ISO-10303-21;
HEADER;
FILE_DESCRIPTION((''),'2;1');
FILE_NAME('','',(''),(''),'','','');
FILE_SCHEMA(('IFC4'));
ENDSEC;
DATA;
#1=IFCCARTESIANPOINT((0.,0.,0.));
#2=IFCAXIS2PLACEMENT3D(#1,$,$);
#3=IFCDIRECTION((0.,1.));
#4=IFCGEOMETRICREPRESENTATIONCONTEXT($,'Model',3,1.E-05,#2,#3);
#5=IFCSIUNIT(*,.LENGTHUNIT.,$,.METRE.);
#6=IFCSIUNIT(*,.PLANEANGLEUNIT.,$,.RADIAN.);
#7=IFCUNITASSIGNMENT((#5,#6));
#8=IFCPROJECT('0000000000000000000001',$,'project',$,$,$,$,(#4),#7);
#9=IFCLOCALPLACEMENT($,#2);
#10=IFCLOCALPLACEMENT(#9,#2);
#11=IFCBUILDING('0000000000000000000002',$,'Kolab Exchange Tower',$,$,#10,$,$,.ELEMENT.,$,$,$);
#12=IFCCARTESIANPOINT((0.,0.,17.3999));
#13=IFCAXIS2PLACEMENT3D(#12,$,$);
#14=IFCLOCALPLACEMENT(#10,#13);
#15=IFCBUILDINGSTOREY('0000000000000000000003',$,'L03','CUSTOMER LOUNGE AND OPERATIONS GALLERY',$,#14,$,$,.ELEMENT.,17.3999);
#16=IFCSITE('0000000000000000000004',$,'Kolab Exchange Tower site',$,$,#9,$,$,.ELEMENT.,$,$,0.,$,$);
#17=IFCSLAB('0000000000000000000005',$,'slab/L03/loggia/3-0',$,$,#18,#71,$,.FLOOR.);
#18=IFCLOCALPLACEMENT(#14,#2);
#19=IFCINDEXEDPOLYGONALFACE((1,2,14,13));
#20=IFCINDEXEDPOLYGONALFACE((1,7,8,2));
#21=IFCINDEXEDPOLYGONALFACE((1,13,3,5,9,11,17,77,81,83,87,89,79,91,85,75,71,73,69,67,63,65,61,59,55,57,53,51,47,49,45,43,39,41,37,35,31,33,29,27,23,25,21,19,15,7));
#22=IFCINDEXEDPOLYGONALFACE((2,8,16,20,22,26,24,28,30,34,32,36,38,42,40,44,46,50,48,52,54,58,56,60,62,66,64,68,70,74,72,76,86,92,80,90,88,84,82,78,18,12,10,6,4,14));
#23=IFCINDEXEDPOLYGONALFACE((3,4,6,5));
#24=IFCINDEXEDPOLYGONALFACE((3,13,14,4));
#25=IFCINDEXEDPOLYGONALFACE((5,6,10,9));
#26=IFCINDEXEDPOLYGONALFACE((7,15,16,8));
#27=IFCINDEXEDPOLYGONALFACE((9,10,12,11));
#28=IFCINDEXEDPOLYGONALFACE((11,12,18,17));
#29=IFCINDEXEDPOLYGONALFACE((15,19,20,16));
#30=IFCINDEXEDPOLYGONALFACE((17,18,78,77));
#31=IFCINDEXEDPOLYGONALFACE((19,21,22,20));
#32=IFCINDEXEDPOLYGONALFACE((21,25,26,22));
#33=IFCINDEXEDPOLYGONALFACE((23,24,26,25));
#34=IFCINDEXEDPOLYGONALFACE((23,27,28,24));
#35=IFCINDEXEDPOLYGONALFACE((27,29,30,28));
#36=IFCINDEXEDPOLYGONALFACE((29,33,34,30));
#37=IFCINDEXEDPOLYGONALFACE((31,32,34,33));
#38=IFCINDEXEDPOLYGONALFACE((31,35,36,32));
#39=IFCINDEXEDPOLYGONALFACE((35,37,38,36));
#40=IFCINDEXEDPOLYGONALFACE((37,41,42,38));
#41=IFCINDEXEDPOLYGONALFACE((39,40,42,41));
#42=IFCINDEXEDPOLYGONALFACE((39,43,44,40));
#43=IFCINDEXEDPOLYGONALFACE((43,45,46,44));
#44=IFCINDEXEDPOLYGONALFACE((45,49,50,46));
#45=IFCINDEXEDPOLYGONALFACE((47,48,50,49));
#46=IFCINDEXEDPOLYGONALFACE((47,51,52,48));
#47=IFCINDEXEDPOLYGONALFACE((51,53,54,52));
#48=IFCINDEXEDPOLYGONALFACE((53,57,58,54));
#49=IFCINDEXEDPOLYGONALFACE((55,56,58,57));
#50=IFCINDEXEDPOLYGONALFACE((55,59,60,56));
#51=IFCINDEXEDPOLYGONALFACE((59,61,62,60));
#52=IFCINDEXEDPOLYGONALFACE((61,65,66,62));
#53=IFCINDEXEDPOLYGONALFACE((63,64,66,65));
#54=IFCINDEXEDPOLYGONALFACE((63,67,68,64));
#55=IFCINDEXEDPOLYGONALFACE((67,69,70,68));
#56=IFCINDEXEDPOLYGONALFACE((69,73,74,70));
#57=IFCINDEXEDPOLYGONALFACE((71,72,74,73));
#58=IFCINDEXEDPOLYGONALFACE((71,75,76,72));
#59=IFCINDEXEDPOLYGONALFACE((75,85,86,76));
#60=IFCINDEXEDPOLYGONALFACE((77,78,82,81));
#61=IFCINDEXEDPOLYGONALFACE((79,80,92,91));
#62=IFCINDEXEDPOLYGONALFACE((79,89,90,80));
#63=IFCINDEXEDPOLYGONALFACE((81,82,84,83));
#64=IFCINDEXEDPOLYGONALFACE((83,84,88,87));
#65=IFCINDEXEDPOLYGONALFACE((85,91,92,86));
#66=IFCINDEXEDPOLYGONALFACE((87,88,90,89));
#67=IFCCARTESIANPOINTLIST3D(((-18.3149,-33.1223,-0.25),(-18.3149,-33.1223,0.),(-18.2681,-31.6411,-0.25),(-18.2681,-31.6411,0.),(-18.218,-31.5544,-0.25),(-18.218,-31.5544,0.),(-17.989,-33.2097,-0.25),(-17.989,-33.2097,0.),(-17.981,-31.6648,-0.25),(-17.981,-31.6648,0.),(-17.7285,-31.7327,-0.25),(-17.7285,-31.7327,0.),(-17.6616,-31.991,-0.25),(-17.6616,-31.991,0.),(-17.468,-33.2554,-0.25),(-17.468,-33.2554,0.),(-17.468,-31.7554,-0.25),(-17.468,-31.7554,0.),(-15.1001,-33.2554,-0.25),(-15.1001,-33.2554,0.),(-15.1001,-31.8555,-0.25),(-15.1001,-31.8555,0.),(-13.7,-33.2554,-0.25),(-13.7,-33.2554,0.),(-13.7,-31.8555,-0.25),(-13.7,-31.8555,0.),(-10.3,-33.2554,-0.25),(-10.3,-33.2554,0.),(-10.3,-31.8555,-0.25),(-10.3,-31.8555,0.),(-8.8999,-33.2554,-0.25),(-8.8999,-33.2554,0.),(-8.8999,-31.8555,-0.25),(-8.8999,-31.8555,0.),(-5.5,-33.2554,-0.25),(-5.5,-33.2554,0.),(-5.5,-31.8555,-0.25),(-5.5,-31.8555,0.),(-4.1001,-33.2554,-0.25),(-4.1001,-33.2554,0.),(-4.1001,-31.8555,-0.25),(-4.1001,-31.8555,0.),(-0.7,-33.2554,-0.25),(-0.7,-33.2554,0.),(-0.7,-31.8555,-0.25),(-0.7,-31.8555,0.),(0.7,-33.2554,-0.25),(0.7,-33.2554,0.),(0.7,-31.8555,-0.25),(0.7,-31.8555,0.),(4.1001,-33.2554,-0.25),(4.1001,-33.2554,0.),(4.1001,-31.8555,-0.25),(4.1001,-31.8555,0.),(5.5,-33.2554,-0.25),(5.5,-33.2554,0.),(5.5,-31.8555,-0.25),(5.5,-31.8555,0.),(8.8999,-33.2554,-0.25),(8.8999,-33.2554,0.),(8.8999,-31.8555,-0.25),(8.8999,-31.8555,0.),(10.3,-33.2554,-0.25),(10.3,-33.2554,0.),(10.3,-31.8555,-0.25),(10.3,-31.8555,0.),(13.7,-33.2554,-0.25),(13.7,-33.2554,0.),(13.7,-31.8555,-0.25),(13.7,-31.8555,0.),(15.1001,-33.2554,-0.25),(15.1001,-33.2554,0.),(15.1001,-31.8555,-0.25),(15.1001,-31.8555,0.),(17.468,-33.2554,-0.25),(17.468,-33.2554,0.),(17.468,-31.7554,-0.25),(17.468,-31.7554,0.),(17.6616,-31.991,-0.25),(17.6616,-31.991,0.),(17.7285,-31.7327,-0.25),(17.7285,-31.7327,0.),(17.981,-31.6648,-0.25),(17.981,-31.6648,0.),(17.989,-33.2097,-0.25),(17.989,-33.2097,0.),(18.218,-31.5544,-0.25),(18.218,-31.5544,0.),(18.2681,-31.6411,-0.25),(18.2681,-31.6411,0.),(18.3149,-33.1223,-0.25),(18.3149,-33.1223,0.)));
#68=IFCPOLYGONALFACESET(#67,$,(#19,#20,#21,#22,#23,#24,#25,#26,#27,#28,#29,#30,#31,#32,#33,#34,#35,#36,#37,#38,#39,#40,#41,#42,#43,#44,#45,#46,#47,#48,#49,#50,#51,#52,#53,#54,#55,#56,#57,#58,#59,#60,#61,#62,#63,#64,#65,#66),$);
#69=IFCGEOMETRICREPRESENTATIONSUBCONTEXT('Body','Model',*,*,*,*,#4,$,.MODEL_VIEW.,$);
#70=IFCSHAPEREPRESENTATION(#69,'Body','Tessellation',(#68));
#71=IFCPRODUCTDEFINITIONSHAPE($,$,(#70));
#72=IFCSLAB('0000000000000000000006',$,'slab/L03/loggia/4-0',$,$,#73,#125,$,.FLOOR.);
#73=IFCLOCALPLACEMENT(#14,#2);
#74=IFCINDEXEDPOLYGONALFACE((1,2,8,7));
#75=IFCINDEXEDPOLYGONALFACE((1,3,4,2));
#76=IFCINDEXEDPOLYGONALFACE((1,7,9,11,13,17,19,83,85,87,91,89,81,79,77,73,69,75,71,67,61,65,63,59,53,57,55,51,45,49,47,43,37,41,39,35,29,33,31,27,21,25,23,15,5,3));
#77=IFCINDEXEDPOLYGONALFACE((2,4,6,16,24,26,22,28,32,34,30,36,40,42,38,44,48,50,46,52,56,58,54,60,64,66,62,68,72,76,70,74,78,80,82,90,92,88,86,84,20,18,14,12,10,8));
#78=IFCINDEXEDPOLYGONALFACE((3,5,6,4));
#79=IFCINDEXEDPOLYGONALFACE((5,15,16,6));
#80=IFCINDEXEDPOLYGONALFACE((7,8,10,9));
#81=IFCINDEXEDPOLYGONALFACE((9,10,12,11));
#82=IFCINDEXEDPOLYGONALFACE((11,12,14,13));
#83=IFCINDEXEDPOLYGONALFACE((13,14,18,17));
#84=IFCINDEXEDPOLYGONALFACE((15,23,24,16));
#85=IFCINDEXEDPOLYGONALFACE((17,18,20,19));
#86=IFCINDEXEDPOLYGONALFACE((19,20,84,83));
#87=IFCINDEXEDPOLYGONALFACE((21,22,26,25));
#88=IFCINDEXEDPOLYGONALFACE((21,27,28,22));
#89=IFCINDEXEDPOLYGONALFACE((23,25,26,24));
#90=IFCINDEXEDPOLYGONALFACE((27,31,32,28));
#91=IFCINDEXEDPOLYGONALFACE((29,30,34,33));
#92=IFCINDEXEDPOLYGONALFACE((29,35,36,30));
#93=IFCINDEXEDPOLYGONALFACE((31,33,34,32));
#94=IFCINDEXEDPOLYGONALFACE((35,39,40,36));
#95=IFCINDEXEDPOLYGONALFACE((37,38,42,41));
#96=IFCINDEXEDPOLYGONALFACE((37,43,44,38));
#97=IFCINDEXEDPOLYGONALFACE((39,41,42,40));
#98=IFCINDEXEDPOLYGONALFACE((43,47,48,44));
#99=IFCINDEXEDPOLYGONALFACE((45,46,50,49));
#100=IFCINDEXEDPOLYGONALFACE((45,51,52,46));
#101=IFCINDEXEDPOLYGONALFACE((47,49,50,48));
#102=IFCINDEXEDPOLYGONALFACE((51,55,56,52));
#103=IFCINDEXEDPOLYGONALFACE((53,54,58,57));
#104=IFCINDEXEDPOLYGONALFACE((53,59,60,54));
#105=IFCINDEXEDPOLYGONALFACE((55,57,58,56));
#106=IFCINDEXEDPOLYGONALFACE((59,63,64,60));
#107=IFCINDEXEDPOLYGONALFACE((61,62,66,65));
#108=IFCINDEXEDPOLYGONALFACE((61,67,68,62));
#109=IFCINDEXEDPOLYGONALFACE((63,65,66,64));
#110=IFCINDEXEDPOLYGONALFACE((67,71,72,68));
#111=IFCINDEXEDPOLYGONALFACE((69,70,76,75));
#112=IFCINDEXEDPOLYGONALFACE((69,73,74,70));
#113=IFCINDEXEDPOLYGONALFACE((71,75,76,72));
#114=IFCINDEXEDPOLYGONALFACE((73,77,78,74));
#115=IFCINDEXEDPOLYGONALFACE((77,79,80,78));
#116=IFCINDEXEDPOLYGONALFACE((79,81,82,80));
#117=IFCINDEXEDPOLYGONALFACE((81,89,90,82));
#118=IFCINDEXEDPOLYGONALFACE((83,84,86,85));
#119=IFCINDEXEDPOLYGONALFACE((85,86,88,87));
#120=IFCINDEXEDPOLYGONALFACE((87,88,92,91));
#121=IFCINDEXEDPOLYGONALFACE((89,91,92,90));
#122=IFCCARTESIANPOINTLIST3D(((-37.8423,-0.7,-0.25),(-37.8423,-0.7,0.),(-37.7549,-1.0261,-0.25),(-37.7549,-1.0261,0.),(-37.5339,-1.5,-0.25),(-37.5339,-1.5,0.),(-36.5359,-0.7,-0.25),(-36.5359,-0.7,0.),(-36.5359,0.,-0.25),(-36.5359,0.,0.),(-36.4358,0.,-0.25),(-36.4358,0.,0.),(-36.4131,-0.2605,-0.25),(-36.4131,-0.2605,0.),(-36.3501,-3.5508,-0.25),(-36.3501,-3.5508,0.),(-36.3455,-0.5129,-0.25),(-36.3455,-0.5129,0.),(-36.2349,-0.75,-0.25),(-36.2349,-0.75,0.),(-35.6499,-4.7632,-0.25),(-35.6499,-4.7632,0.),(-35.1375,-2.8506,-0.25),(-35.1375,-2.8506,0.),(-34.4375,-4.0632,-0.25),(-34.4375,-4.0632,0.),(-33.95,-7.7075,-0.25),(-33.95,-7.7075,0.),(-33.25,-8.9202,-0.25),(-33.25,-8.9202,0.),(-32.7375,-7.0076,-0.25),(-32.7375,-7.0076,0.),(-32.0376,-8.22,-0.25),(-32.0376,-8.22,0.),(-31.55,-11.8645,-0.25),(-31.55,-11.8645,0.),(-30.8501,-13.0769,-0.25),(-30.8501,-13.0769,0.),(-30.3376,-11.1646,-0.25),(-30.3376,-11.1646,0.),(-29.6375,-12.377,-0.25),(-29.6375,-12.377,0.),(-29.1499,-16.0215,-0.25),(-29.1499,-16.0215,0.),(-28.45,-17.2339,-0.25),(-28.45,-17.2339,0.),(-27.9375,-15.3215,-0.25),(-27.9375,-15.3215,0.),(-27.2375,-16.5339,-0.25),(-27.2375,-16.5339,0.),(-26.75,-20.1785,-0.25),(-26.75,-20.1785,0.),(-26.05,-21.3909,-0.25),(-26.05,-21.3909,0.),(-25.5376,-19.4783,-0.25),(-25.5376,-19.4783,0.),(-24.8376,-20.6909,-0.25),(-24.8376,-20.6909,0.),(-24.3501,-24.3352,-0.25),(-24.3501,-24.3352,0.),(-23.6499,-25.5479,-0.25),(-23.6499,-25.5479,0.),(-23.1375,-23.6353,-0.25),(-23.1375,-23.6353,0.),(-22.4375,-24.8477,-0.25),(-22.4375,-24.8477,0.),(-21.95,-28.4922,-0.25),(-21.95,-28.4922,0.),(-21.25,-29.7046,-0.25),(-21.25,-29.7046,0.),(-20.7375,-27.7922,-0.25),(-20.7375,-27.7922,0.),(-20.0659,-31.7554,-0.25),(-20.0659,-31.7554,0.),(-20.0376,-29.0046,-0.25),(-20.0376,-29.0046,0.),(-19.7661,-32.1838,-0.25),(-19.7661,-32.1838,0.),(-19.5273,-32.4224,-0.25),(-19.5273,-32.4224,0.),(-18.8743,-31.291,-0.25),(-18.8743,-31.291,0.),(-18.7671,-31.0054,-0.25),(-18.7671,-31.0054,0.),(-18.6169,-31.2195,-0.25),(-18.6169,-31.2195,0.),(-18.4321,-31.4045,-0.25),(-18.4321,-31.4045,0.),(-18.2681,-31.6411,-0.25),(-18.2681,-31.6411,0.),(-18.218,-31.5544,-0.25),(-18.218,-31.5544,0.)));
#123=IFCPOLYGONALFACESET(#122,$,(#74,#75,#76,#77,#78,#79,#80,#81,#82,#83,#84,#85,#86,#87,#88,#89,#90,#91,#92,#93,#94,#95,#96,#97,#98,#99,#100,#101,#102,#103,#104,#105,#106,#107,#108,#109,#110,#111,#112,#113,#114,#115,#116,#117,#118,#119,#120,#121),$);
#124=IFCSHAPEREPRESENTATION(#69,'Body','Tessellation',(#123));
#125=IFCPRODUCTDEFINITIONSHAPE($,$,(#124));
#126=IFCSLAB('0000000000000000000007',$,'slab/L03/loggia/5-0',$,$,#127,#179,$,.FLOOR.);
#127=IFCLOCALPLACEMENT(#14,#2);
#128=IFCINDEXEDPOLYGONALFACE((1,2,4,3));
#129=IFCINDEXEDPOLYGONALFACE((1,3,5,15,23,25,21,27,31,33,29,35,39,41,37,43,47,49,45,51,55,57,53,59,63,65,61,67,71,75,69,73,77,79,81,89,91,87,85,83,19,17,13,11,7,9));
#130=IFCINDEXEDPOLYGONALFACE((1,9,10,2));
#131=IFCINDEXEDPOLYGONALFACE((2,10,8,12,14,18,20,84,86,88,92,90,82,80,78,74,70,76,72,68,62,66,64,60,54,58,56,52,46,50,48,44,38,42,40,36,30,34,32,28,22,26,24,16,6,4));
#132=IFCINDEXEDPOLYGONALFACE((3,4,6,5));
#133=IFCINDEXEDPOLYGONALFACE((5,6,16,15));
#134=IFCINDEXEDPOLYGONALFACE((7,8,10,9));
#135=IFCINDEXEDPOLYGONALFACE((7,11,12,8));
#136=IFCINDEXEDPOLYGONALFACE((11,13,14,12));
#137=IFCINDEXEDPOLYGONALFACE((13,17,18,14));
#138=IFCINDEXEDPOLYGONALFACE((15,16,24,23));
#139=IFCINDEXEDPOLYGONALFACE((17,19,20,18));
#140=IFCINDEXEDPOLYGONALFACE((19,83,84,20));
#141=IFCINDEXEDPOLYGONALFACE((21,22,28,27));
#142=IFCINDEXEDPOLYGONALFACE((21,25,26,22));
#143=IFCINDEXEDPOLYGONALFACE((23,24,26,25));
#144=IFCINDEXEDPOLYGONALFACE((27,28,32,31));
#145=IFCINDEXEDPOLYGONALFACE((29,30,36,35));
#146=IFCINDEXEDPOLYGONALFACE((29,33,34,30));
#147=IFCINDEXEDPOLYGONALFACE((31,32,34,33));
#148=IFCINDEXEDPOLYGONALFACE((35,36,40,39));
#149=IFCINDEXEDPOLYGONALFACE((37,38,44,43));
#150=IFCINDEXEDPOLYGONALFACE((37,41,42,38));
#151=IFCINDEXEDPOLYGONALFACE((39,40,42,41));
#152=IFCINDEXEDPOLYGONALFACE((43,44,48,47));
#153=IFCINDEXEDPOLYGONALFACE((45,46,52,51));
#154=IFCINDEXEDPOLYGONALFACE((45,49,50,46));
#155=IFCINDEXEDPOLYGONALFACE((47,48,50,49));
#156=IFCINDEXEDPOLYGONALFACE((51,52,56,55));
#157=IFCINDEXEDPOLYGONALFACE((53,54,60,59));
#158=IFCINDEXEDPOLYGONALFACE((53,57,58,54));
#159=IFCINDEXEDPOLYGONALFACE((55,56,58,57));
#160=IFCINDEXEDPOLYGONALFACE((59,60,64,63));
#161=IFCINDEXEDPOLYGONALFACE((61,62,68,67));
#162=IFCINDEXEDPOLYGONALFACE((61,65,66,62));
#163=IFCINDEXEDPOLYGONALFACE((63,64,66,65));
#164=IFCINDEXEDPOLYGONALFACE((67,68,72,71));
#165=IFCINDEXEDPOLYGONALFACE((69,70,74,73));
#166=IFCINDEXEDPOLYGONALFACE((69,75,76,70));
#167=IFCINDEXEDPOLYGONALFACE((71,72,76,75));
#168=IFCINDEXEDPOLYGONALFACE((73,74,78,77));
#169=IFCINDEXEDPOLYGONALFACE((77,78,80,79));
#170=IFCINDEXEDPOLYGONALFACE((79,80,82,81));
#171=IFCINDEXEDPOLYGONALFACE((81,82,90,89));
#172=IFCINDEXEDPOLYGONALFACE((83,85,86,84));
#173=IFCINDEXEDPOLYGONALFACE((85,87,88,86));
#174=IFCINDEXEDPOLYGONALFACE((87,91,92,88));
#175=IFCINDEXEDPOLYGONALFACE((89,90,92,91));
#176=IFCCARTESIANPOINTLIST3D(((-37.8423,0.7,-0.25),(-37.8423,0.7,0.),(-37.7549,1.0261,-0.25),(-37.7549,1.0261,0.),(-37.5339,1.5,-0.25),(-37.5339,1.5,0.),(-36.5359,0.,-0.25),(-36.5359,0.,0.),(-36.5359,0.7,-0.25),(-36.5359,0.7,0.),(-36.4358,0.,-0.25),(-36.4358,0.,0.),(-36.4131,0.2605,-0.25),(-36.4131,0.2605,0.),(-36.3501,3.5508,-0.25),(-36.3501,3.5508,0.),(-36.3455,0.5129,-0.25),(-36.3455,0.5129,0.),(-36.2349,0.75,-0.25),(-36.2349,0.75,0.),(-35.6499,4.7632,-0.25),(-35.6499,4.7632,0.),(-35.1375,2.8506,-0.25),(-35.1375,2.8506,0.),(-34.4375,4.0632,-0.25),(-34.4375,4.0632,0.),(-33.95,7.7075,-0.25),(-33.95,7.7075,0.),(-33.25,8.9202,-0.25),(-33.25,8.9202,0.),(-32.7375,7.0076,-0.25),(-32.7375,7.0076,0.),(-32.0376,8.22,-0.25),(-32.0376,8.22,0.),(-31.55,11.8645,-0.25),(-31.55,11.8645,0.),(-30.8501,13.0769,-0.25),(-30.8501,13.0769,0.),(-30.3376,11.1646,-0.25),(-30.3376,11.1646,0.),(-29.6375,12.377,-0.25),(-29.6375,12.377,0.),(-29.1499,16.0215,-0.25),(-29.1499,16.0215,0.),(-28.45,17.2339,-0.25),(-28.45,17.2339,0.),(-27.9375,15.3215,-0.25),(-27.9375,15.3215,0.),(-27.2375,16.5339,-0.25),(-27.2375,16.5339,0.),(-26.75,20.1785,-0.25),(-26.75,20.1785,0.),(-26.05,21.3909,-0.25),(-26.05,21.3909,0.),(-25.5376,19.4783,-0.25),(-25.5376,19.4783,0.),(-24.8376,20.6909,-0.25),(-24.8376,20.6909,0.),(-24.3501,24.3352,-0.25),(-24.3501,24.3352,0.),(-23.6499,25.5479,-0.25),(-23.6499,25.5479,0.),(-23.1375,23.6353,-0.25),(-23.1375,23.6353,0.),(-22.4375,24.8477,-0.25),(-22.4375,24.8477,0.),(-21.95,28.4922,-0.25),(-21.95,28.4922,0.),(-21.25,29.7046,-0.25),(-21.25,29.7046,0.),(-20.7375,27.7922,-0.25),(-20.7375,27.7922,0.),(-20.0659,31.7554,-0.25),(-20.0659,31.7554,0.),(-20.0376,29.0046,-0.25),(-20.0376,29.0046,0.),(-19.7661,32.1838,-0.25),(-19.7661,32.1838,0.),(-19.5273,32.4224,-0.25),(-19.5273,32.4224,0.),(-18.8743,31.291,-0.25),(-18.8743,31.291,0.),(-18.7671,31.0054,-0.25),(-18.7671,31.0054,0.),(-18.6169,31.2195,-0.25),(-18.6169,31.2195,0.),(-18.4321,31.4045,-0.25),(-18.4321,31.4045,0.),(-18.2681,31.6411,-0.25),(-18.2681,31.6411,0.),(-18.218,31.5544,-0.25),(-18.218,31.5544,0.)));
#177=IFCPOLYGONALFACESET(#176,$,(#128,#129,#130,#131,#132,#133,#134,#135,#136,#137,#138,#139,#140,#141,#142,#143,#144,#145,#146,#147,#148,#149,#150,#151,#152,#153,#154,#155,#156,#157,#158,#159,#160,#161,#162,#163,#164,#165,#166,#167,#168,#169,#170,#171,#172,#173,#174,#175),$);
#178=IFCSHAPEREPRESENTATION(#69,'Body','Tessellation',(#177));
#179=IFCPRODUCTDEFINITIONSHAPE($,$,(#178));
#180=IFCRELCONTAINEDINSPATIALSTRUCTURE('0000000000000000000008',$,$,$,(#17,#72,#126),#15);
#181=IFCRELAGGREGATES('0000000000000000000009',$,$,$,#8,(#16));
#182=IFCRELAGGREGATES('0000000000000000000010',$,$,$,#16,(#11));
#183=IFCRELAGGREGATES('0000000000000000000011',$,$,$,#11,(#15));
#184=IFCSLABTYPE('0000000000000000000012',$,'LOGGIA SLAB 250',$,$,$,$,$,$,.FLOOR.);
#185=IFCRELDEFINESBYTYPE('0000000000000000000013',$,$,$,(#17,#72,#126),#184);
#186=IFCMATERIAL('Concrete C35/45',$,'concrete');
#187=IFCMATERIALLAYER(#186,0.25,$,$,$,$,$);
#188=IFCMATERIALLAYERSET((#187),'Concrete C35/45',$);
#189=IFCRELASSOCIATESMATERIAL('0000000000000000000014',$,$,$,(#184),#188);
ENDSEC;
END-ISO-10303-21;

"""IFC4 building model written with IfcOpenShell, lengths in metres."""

from ifc_helpers import new_model, si_unit, direction, frame, origin, place, context, subcontext, project, spatial, polyline, outline, extrude, material, layer, layer_set, type_object, element, save


model = new_model("IFC4")

# Units and contexts
model_context = context("Model", 3, precision=1e-05, world=origin(), true_north=direction((0.0, 1.0)))
body_context = subcontext(model_context, "Body", "Model", "MODEL_VIEW")
ifc_project = project(units=[si_unit("LENGTHUNIT", "METRE"), si_unit("PLANEANGLEUNIT", "RADIAN")], contexts=[model_context])

# Site, building, storey
site_placement = place(None, origin())
site = spatial("IfcSite", under=ifc_project, at=site_placement, Name="Kolab Exchange Tower site", CompositionType="ELEMENT", RefElevation=0.0)
building_placement = place(site_placement, origin())
building = spatial("IfcBuilding", under=site, at=building_placement, Name="Kolab Exchange Tower", CompositionType="ELEMENT")
storey_placement = place(building_placement, frame((0.0, 0.0, 17.3999)))
storey = spatial("IfcBuildingStorey", under=building, at=storey_placement, Name="L03", Description="CUSTOMER LOUNGE AND OPERATIONS GALLERY", CompositionType="ELEMENT", Elevation=17.3999)

# Slabs
ifc_material = material(Name="Concrete C35/45", Category="concrete")
ifc_layer_1 = layer(ifc_material, 0.25)
ifc_layer_set_1 = layer_set([ifc_layer_1], Name="Concrete C35/45")
slab_type_1 = type_object("IfcSlabType", Name="LOGGIA SLAB 250", PredefinedType="FLOOR", material=ifc_layer_set_1)
slab_1_placement = place(storey_placement, frame((0.0, 0.0, -0.25)))
element("IfcSlab", 1, at=slab_1_placement, inside=storey, type_object=slab_type_1, Name="slab/L03/loggia/3-0", PredefinedType="FLOOR", context=body_context, shape_type="SweptSolid", body=[
    extrude(outline(polyline([(-18.218, -31.5544), (-18.2681, -31.6411), (-17.6616, -31.991), (-18.3149, -33.1223), (-17.989, -33.2097), (-17.468, -33.2554), (-15.1001, -33.2554), (-15.1001, -31.8555), (-13.7, -31.8555), (-13.7, -33.2554), (-10.3, -33.2554), (-10.3, -31.8555), (-8.8999, -31.8555), (-8.8999, -33.2554), (-5.5, -33.2554), (-5.5, -31.8555), (-4.1001, -31.8555), (-4.1001, -33.2554), (-0.7, -33.2554), (-0.7, -31.8555), (0.7, -31.8555), (0.7, -33.2554), (4.1001, -33.2554), (4.1001, -31.8555), (5.5, -31.8555), (5.5, -33.2554), (8.8999, -33.2554), (8.8999, -31.8555), (10.3, -31.8555), (10.3, -33.2554), (13.7, -33.2554), (13.7, -31.8555), (15.1001, -31.8555), (15.1001, -33.2554), (17.468, -33.2554), (17.989, -33.2097), (18.3149, -33.1223), (17.6616, -31.991), (18.2681, -31.6411), (18.218, -31.5544), (17.981, -31.6648), (17.7285, -31.7327), (17.468, -31.7554), (-17.468, -31.7554), (-17.7285, -31.7327), (-17.981, -31.6648), (-18.218, -31.5544)])), origin(), (0.0, 0.0, 1.0), 0.25),
])
slab_2_placement = place(storey_placement, frame((0.0, 0.0, -0.25)))
element("IfcSlab", 2, at=slab_2_placement, inside=storey, type_object=slab_type_1, Name="slab/L03/loggia/4-0", PredefinedType="FLOOR", context=body_context, shape_type="SweptSolid", body=[
    extrude(outline(polyline([(-36.4358, 0.0), (-36.5359, 0.0), (-36.5359, -0.7), (-37.8423, -0.7), (-37.7549, -1.0261), (-37.5339, -1.5), (-36.3501, -3.5508), (-35.1375, -2.8506), (-34.4375, -4.0632), (-35.6499, -4.7632), (-33.95, -7.7075), (-32.7375, -7.0076), (-32.0376, -8.22), (-33.25, -8.9202), (-31.55, -11.8645), (-30.3376, -11.1646), (-29.6375, -12.377), (-30.8501, -13.0769), (-29.1499, -16.0215), (-27.9375, -15.3215), (-27.2375, -16.5339), (-28.45, -17.2339), (-26.75, -20.1785), (-25.5376, -19.4783), (-24.8376, -20.6909), (-26.05, -21.3909), (-24.3501, -24.3352), (-23.1375, -23.6353), (-22.4375, -24.8477), (-23.6499, -25.5479), (-21.95, -28.4922), (-20.7375, -27.7922), (-20.0376, -29.0046), (-21.25, -29.7046), (-20.0659, -31.7554), (-19.7661, -32.1838), (-19.5273, -32.4224), (-18.8743, -31.291), (-18.2681, -31.6411), (-18.218, -31.5544), (-18.4321, -31.4045), (-18.6169, -31.2195), (-18.7671, -31.0054), (-36.2349, -0.75), (-36.3455, -0.5129), (-36.4131, -0.2605), (-36.4358, 0.0)])), origin(), (0.0, 0.0, 1.0), 0.25),
])
slab_3_placement = place(storey_placement, frame((0.0, 0.0, -0.25)))
element("IfcSlab", 3, at=slab_3_placement, inside=storey, type_object=slab_type_1, Name="slab/L03/loggia/5-0", PredefinedType="FLOOR", context=body_context, shape_type="SweptSolid", body=[
    extrude(outline(polyline([(-18.218, 31.5544), (-18.2681, 31.6411), (-18.8743, 31.291), (-19.5273, 32.4224), (-19.7661, 32.1838), (-20.0659, 31.7554), (-21.25, 29.7046), (-20.0376, 29.0046), (-20.7375, 27.7922), (-21.95, 28.4922), (-23.6499, 25.5479), (-22.4375, 24.8477), (-23.1375, 23.6353), (-24.3501, 24.3352), (-26.05, 21.3909), (-24.8376, 20.6909), (-25.5376, 19.4783), (-26.75, 20.1785), (-28.45, 17.2339), (-27.2375, 16.5339), (-27.9375, 15.3215), (-29.1499, 16.0215), (-30.8501, 13.0769), (-29.6375, 12.377), (-30.3376, 11.1646), (-31.55, 11.8645), (-33.25, 8.9202), (-32.0376, 8.22), (-32.7375, 7.0076), (-33.95, 7.7075), (-35.6499, 4.7632), (-34.4375, 4.0632), (-35.1375, 2.8506), (-36.3501, 3.5508), (-37.5339, 1.5), (-37.7549, 1.0261), (-37.8423, 0.7), (-36.5359, 0.7), (-36.5359, 0.0), (-36.4358, 0.0), (-36.4131, 0.2605), (-36.3455, 0.5129), (-36.2349, 0.75), (-18.7671, 31.0054), (-18.6169, 31.2195), (-18.4321, 31.4045), (-18.218, 31.5544)])), origin(), (0.0, 0.0, 1.0), 0.25),
])

save(model, "model.ifc")
